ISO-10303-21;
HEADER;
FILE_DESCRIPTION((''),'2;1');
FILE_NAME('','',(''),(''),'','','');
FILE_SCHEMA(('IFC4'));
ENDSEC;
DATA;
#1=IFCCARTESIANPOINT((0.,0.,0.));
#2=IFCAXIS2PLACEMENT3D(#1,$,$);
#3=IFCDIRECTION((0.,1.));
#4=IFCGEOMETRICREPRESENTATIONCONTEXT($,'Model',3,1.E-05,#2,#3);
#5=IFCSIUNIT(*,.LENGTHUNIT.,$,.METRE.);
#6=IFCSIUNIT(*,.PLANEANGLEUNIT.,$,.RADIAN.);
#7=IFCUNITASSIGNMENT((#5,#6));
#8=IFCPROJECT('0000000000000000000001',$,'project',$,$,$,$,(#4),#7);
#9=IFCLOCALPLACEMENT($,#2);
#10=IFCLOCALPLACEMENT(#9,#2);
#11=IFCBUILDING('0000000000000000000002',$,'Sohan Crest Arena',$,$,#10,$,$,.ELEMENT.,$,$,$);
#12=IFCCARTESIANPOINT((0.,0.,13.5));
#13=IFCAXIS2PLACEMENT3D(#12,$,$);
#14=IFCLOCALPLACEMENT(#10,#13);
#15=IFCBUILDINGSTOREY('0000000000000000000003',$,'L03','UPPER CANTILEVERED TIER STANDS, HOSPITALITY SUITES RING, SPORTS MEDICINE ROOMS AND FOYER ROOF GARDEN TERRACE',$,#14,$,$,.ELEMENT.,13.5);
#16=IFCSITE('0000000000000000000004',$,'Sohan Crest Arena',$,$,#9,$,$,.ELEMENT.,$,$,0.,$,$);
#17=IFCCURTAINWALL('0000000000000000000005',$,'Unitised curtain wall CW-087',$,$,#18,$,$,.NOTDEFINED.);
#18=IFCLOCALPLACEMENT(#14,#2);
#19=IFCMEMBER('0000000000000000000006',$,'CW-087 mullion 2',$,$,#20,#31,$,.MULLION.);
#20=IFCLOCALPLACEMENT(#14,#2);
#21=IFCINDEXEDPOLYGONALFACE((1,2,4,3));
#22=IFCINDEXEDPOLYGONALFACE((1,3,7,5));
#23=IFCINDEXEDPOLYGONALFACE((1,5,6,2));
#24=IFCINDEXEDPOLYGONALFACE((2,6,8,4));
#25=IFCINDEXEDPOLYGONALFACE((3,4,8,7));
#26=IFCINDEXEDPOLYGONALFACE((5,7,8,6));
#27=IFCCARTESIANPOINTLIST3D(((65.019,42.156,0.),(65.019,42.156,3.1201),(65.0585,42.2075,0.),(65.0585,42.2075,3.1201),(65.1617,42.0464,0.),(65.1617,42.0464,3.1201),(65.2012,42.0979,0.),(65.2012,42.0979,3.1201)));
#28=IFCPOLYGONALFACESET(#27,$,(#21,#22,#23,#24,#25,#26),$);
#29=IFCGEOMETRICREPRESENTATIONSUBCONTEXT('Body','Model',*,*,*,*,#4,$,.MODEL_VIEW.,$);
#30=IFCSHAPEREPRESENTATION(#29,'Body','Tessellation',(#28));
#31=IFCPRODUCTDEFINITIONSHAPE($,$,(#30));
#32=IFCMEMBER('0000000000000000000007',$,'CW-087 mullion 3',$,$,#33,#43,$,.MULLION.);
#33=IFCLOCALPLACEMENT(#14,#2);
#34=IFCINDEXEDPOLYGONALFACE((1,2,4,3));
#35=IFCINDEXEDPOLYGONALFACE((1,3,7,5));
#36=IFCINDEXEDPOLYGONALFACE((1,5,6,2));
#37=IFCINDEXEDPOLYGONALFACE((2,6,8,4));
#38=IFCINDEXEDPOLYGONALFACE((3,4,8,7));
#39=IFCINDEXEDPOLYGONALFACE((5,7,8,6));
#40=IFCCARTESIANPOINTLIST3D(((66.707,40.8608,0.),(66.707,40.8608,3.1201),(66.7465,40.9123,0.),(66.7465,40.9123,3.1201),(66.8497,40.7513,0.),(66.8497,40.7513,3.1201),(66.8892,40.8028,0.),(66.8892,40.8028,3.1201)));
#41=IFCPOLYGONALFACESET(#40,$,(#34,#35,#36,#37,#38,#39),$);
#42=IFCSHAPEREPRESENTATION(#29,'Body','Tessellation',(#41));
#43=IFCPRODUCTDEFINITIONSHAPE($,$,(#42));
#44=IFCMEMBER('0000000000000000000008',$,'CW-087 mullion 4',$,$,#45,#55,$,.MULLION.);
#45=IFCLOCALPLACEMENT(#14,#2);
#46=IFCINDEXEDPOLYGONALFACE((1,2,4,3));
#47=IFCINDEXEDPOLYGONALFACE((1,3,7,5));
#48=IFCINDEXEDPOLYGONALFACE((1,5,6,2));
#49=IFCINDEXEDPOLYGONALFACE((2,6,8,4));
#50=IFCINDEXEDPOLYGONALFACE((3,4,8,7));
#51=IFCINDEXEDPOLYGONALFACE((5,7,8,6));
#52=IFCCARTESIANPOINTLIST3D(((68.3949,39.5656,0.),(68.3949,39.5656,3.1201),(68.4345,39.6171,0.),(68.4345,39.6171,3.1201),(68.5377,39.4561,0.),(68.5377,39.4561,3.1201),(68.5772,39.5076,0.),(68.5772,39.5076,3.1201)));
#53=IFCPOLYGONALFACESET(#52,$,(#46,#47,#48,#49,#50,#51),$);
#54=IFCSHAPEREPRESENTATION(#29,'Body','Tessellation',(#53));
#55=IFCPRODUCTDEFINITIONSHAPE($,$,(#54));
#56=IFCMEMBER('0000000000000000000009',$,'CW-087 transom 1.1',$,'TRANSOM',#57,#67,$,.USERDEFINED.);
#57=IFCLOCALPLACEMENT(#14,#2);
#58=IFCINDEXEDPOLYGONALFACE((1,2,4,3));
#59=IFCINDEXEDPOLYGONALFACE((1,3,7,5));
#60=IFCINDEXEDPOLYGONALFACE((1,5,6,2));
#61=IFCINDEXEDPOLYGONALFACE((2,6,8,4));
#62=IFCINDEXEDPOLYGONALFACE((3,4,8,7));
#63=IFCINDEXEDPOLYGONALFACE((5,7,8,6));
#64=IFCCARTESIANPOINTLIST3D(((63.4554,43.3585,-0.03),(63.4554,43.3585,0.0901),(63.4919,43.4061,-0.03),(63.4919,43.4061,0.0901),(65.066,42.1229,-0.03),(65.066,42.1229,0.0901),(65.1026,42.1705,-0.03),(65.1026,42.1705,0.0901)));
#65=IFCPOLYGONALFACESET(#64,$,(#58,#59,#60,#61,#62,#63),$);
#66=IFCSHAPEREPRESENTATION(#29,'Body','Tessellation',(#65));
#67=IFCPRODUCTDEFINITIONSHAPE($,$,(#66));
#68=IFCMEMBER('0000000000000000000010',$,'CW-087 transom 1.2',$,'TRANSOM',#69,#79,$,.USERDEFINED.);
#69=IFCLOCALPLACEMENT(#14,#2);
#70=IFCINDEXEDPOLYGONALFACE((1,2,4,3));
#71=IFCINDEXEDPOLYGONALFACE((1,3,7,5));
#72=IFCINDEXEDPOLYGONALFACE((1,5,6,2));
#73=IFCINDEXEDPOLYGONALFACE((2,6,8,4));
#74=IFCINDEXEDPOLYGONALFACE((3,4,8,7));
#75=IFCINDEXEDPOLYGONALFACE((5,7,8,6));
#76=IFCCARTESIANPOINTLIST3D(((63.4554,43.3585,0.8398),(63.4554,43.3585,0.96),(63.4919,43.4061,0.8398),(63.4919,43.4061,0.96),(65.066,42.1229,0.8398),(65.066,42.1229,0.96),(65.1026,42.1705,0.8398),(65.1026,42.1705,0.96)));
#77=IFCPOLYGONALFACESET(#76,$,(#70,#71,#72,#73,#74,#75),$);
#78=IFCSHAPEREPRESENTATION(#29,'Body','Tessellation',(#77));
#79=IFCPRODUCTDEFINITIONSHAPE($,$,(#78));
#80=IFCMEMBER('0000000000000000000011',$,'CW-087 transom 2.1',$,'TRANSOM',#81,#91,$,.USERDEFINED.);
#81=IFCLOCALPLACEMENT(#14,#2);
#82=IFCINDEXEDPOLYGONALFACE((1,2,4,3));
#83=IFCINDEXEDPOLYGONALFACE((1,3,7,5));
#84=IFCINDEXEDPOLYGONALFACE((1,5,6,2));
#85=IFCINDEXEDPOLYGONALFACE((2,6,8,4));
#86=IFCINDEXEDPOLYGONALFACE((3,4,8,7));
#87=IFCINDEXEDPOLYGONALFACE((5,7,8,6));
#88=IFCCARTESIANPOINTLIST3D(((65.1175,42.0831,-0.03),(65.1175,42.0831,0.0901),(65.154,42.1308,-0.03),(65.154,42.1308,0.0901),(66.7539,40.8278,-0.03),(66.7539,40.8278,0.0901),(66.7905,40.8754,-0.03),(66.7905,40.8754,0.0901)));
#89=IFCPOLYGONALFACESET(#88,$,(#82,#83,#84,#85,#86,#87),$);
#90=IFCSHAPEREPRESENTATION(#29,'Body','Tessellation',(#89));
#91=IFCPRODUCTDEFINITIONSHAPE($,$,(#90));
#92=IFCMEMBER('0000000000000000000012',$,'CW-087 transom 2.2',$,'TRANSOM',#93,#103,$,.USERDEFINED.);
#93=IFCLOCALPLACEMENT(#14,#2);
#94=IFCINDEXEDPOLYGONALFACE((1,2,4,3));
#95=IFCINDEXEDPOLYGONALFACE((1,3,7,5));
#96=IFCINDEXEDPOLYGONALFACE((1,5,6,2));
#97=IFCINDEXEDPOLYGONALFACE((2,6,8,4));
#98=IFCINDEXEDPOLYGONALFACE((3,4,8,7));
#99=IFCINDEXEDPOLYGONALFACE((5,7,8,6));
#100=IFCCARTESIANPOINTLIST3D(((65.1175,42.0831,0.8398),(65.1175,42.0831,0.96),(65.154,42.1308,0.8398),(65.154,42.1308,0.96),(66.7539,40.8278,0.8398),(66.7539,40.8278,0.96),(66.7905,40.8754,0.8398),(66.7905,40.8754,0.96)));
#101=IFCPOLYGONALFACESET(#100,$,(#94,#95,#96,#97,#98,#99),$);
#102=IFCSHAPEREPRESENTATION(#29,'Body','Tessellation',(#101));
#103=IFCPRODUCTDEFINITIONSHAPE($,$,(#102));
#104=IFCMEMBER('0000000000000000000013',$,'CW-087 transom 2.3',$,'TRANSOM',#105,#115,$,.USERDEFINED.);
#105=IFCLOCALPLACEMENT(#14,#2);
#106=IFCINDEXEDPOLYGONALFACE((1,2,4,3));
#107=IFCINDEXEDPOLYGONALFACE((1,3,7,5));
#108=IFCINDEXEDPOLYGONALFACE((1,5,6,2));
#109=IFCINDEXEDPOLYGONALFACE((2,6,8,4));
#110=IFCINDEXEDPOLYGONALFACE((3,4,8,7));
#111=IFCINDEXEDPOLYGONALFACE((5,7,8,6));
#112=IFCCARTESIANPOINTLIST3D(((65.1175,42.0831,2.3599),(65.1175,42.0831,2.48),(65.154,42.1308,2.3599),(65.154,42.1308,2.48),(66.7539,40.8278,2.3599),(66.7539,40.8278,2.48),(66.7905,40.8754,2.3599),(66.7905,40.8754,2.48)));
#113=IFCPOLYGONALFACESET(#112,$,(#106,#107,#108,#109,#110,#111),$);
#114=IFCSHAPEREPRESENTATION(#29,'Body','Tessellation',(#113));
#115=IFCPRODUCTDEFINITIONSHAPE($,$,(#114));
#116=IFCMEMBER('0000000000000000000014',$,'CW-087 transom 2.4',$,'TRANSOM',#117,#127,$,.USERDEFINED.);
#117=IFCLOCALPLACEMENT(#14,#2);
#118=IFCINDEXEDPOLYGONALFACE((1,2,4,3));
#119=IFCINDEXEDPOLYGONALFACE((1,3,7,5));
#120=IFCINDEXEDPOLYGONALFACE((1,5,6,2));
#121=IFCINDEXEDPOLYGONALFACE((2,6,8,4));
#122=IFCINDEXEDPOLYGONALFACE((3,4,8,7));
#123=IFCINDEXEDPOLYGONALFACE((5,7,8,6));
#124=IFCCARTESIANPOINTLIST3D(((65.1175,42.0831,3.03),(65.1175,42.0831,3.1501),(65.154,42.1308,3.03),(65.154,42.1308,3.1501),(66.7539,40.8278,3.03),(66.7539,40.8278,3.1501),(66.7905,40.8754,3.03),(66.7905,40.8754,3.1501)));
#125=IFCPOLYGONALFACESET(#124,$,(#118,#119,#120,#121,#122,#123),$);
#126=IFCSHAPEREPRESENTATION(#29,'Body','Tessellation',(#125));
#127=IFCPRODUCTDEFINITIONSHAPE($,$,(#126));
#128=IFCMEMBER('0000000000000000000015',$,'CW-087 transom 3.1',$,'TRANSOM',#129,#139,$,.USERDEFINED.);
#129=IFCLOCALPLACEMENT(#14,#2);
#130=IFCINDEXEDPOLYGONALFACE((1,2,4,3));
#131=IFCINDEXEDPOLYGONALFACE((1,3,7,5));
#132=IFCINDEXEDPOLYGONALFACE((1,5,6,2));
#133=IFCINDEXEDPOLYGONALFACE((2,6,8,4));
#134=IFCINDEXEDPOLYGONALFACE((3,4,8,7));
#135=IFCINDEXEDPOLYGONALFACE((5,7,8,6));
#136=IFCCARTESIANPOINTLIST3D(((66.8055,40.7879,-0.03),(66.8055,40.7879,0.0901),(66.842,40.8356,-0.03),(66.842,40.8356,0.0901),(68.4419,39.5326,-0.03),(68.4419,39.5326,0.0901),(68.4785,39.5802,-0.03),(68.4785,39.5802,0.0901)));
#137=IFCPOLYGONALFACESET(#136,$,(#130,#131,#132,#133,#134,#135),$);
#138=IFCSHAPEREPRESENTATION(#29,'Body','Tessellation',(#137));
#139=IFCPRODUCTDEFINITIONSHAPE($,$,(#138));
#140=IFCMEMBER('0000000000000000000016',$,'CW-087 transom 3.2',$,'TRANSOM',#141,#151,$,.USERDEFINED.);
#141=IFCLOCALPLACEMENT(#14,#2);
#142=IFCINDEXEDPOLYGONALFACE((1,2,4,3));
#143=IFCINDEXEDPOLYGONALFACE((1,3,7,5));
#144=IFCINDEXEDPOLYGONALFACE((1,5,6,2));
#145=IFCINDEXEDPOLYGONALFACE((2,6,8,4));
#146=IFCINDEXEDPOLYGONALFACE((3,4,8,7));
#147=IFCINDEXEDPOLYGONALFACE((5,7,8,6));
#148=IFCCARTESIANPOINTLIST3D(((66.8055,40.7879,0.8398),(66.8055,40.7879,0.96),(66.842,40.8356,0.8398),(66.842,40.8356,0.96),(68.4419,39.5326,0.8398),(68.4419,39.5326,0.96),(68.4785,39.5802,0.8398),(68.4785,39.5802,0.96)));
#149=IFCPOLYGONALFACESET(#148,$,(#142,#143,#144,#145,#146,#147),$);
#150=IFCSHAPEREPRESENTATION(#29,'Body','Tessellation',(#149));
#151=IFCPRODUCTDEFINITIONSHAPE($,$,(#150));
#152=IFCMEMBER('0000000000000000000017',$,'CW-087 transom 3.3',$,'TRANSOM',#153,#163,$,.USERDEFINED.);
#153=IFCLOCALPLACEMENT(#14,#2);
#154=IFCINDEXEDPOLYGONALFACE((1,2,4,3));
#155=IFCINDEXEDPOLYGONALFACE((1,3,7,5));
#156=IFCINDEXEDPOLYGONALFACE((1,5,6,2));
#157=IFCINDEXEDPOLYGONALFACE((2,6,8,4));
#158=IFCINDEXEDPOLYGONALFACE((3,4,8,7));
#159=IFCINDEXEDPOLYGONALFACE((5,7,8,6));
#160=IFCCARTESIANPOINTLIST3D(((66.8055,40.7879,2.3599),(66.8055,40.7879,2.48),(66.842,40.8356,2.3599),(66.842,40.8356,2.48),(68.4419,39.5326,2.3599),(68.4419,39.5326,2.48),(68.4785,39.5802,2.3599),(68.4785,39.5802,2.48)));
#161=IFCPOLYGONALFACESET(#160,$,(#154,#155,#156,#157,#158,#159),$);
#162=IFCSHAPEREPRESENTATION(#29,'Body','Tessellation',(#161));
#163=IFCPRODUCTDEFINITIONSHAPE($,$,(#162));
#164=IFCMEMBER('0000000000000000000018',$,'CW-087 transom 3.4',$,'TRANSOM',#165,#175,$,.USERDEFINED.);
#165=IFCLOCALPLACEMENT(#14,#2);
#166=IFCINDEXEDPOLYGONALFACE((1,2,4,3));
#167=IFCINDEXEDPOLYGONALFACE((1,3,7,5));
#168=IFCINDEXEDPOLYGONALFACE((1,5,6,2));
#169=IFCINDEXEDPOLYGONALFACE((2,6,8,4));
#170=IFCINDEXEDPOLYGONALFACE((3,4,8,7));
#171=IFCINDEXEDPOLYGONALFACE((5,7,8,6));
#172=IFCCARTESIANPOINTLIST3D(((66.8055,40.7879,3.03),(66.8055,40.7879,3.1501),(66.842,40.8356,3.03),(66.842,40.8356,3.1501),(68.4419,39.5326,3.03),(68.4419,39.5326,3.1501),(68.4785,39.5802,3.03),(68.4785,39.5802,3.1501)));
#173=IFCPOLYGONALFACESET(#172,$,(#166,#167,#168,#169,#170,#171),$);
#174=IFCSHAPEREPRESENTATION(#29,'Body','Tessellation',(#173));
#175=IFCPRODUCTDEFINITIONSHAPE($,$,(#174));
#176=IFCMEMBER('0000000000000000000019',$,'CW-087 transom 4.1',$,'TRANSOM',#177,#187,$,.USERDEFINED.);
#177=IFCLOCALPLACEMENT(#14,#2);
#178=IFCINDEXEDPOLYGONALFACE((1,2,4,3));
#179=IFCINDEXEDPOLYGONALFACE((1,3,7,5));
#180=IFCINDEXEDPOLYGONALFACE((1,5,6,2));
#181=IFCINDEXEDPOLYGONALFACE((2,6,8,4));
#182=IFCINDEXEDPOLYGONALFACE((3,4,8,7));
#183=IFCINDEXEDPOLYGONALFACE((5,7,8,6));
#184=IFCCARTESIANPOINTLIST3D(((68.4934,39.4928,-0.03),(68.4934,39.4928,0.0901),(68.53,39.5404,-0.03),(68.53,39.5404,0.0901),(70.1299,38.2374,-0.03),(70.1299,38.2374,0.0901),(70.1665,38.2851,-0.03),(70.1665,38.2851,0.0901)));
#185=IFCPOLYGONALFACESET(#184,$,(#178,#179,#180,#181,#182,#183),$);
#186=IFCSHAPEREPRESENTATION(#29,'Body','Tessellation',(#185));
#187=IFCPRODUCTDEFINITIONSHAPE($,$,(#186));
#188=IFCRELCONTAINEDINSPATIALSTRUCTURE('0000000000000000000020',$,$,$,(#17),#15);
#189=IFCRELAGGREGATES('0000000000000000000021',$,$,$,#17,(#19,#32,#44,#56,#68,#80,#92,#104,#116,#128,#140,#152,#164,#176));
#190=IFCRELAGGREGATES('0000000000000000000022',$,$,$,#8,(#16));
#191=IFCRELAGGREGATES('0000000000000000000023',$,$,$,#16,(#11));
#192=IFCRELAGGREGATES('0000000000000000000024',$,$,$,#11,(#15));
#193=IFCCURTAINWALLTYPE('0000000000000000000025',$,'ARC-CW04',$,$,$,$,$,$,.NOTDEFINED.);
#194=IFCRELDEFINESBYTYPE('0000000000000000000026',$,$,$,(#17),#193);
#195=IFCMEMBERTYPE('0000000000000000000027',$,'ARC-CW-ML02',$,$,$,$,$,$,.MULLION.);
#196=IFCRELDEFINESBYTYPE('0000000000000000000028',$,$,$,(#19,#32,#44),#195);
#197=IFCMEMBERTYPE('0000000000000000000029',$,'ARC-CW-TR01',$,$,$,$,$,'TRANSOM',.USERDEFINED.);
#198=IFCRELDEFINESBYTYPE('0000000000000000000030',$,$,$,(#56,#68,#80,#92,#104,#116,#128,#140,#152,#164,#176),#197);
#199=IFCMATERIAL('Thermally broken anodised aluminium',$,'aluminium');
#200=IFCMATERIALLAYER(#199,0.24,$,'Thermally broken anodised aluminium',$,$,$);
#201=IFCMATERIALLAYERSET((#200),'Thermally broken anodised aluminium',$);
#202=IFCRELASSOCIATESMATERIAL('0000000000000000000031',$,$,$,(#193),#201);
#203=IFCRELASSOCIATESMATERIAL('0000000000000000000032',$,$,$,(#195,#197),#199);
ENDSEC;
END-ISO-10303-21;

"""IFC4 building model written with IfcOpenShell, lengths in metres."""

from ifc_helpers import new_model, si_unit, direction, frame, origin, origin_2d, place, context, subcontext, project, spatial, rectangle, extrude, material, layer, layer_set, material_profile, profile_set, type_object, element, aggregate, save


model = new_model("IFC4")

# Units and contexts
model_context = context("Model", 3, precision=1e-05, world=origin(), true_north=direction((0.0, 1.0)))
body_context = subcontext(model_context, "Body", "Model", "MODEL_VIEW")
ifc_project = project(units=[si_unit("LENGTHUNIT", "METRE"), si_unit("PLANEANGLEUNIT", "RADIAN")], contexts=[model_context])

# Site, building, storey
site_placement = place(None, origin())
site = spatial("IfcSite", under=ifc_project, at=site_placement, Name="Sohan Crest Arena", CompositionType="ELEMENT", RefElevation=0.0)
building_placement = place(site_placement, origin())
building = spatial("IfcBuilding", under=site, at=building_placement, Name="Sohan Crest Arena", CompositionType="ELEMENT")
storey_placement = place(building_placement, frame((0.0, 0.0, 13.5)))
storey = spatial("IfcBuildingStorey", under=building, at=storey_placement, Name="L03", Description="UPPER CANTILEVERED TIER STANDS, HOSPITALITY SUITES RING, SPORTS MEDICINE ROOMS AND FOYER ROOF GARDEN TERRACE", CompositionType="ELEMENT", Elevation=13.5)

# Curtain wall, members
ifc_material_1 = material(Name="Thermally broken anodised aluminium", Category="aluminium")
ifc_layer_1 = layer(ifc_material_1, 0.24, Name="Thermally broken anodised aluminium")
ifc_layer_set_1 = layer_set([ifc_layer_1], Name="Thermally broken anodised aluminium")
curtain_wall_type = type_object("IfcCurtainWallType", Name="ARC-CW04", PredefinedType="NOTDEFINED", material=ifc_layer_set_1)
curtain_wall_placement = place(storey_placement, origin())
curtain_wall = element("IfcCurtainWall", 1, at=curtain_wall_placement, inside=storey, type_object=curtain_wall_type, Name="Unitised curtain wall CW-087", PredefinedType="NOTDEFINED")
ifc_material_profile_1 = material_profile(ifc_material_1, rectangle(XDim=0.0649, YDim=0.1799, at=origin_2d()), Name="ALU-MULL 65x180")
ifc_profile_set_1 = profile_set([ifc_material_profile_1], Name="Thermally broken anodised aluminium")
member_type_1 = type_object("IfcMemberType", Name="ARC-CW-ML02", PredefinedType="MULLION", material=ifc_profile_set_1)
member_1_placement = place(storey_placement, frame((65.1101, 42.127, 0.0), z_axis=(0.0, 0.0, 1.0), x_axis=(0.608737, 0.793372, 0.0)))
member_1 = element("IfcMember", 2, at=member_1_placement, type_object=member_type_1, Name="CW-087 mullion 2", PredefinedType="MULLION", context=body_context, shape_type="SweptSolid", body=[
    extrude(rectangle(XDim=0.0649, YDim=0.1799, at=origin_2d()), origin(), (0.0, 0.0, 1.0), 3.1201),
])
member_2_placement = place(storey_placement, frame((66.7981, 40.8318, 0.0), z_axis=(0.0, 0.0, 1.0), x_axis=(0.608737, 0.793372, 0.0)))
member_2 = element("IfcMember", 3, at=member_2_placement, type_object=member_type_1, Name="CW-087 mullion 3", PredefinedType="MULLION", context=body_context, shape_type="SweptSolid", body=[
    extrude(rectangle(XDim=0.0649, YDim=0.1799, at=origin_2d()), origin(), (0.0, 0.0, 1.0), 3.1201),
])
member_3_placement = place(storey_placement, frame((68.4861, 39.5366, 0.0), z_axis=(0.0, 0.0, 1.0), x_axis=(0.608737, 0.793372, 0.0)))
member_3 = element("IfcMember", 4, at=member_3_placement, type_object=member_type_1, Name="CW-087 mullion 4", PredefinedType="MULLION", context=body_context, shape_type="SweptSolid", body=[
    extrude(rectangle(XDim=0.0649, YDim=0.1799, at=origin_2d()), origin(), (0.0, 0.0, 1.0), 3.1201),
])
ifc_material_profile_2 = material_profile(ifc_material_1, rectangle(XDim=0.0601, YDim=0.1201, at=origin_2d()), Name="ALU-TRAN 60x120")
ifc_profile_set_2 = profile_set([ifc_material_profile_2], Name="Thermally broken anodised aluminium")
member_type_2 = type_object("IfcMemberType", Name="ARC-CW-TR01", ElementType="TRANSOM", PredefinedType="USERDEFINED", material=ifc_profile_set_2)
member_4_placement = place(storey_placement, frame((63.4736, 43.3823, 0.03), z_axis=(0.793415, -0.608681, 0.0), x_axis=(0.608681, 0.793415, 0.0)))
member_4 = element("IfcMember", 5, at=member_4_placement, type_object=member_type_2, Name="CW-087 transom 1.1", ObjectType="TRANSOM", PredefinedType="USERDEFINED", context=body_context, shape_type="SweptSolid", body=[
    extrude(rectangle(XDim=0.0601, YDim=0.1201, at=origin_2d()), origin(), (0.0, 0.0, 1.0), 2.03),
])
member_5_placement = place(storey_placement, frame((63.4736, 43.3823, 0.8999), z_axis=(0.793415, -0.608681, 0.0), x_axis=(0.608681, 0.793415, 0.0)))
member_5 = element("IfcMember", 6, at=member_5_placement, type_object=member_type_2, Name="CW-087 transom 1.2", ObjectType="TRANSOM", PredefinedType="USERDEFINED", context=body_context, shape_type="SweptSolid", body=[
    extrude(rectangle(XDim=0.0601, YDim=0.1201, at=origin_2d()), origin(), (0.0, 0.0, 1.0), 2.03),
])
member_6_placement = place(storey_placement, frame((65.1357, 42.1069, 0.03), z_axis=(0.793433, -0.608658, 0.0), x_axis=(0.608658, 0.793433, 0.0)))
member_6 = element("IfcMember", 7, at=member_6_placement, type_object=member_type_2, Name="CW-087 transom 2.1", ObjectType="TRANSOM", PredefinedType="USERDEFINED", context=body_context, shape_type="SweptSolid", body=[
    extrude(rectangle(XDim=0.0601, YDim=0.1201, at=origin_2d()), origin(), (0.0, 0.0, 1.0), 2.0625),
])
member_7_placement = place(storey_placement, frame((65.1357, 42.1069, 0.8999), z_axis=(0.793433, -0.608658, 0.0), x_axis=(0.608658, 0.793433, 0.0)))
member_7 = element("IfcMember", 8, at=member_7_placement, type_object=member_type_2, Name="CW-087 transom 2.2", ObjectType="TRANSOM", PredefinedType="USERDEFINED", context=body_context, shape_type="SweptSolid", body=[
    extrude(rectangle(XDim=0.0601, YDim=0.1201, at=origin_2d()), origin(), (0.0, 0.0, 1.0), 2.0625),
])
member_8_placement = place(storey_placement, frame((65.1357, 42.1069, 2.4199), z_axis=(0.793433, -0.608658, 0.0), x_axis=(0.608658, 0.793433, 0.0)))
member_8 = element("IfcMember", 9, at=member_8_placement, type_object=member_type_2, Name="CW-087 transom 2.3", ObjectType="TRANSOM", PredefinedType="USERDEFINED", context=body_context, shape_type="SweptSolid", body=[
    extrude(rectangle(XDim=0.0601, YDim=0.1201, at=origin_2d()), origin(), (0.0, 0.0, 1.0), 2.0625),
])
member_9_placement = place(storey_placement, frame((65.1357, 42.1069, 3.0901), z_axis=(0.793433, -0.608658, 0.0), x_axis=(0.608658, 0.793433, 0.0)))
member_9 = element("IfcMember", 10, at=member_9_placement, type_object=member_type_2, Name="CW-087 transom 2.4", ObjectType="TRANSOM", PredefinedType="USERDEFINED", context=body_context, shape_type="SweptSolid", body=[
    extrude(rectangle(XDim=0.0601, YDim=0.1201, at=origin_2d()), origin(), (0.0, 0.0, 1.0), 2.0625),
])
member_10_placement = place(storey_placement, frame((66.8237, 40.8118, 0.03), z_axis=(0.793433, -0.608658, 0.0), x_axis=(0.608658, 0.793433, 0.0)))
member_10 = element("IfcMember", 11, at=member_10_placement, type_object=member_type_2, Name="CW-087 transom 3.1", ObjectType="TRANSOM", PredefinedType="USERDEFINED", context=body_context, shape_type="SweptSolid", body=[
    extrude(rectangle(XDim=0.0601, YDim=0.1201, at=origin_2d()), origin(), (0.0, 0.0, 1.0), 2.0625),
])
member_11_placement = place(storey_placement, frame((66.8237, 40.8118, 0.8999), z_axis=(0.793433, -0.608658, 0.0), x_axis=(0.608658, 0.793433, 0.0)))
member_11 = element("IfcMember", 12, at=member_11_placement, type_object=member_type_2, Name="CW-087 transom 3.2", ObjectType="TRANSOM", PredefinedType="USERDEFINED", context=body_context, shape_type="SweptSolid", body=[
    extrude(rectangle(XDim=0.0601, YDim=0.1201, at=origin_2d()), origin(), (0.0, 0.0, 1.0), 2.0625),
])
member_12_placement = place(storey_placement, frame((66.8237, 40.8118, 2.4199), z_axis=(0.793433, -0.608658, 0.0), x_axis=(0.608658, 0.793433, 0.0)))
member_12 = element("IfcMember", 13, at=member_12_placement, type_object=member_type_2, Name="CW-087 transom 3.3", ObjectType="TRANSOM", PredefinedType="USERDEFINED", context=body_context, shape_type="SweptSolid", body=[
    extrude(rectangle(XDim=0.0601, YDim=0.1201, at=origin_2d()), origin(), (0.0, 0.0, 1.0), 2.0625),
])
member_13_placement = place(storey_placement, frame((66.8237, 40.8118, 3.0901), z_axis=(0.793433, -0.608658, 0.0), x_axis=(0.608658, 0.793433, 0.0)))
member_13 = element("IfcMember", 14, at=member_13_placement, type_object=member_type_2, Name="CW-087 transom 3.4", ObjectType="TRANSOM", PredefinedType="USERDEFINED", context=body_context, shape_type="SweptSolid", body=[
    extrude(rectangle(XDim=0.0601, YDim=0.1201, at=origin_2d()), origin(), (0.0, 0.0, 1.0), 2.0625),
])
member_14_placement = place(storey_placement, frame((68.5117, 39.5166, 0.03), z_axis=(0.793433, -0.608658, 0.0), x_axis=(0.608658, 0.793433, 0.0)))
member_14 = element("IfcMember", 15, at=member_14_placement, type_object=member_type_2, Name="CW-087 transom 4.1", ObjectType="TRANSOM", PredefinedType="USERDEFINED", context=body_context, shape_type="SweptSolid", body=[
    extrude(rectangle(XDim=0.0601, YDim=0.1201, at=origin_2d()), origin(), (0.0, 0.0, 1.0), 2.0625),
])
aggregate(curtain_wall, [member_1, member_2, member_3, member_4, member_5, member_6, member_7, member_8, member_9, member_10, member_11, member_12, member_13, member_14])

save(model, "model.ifc")
